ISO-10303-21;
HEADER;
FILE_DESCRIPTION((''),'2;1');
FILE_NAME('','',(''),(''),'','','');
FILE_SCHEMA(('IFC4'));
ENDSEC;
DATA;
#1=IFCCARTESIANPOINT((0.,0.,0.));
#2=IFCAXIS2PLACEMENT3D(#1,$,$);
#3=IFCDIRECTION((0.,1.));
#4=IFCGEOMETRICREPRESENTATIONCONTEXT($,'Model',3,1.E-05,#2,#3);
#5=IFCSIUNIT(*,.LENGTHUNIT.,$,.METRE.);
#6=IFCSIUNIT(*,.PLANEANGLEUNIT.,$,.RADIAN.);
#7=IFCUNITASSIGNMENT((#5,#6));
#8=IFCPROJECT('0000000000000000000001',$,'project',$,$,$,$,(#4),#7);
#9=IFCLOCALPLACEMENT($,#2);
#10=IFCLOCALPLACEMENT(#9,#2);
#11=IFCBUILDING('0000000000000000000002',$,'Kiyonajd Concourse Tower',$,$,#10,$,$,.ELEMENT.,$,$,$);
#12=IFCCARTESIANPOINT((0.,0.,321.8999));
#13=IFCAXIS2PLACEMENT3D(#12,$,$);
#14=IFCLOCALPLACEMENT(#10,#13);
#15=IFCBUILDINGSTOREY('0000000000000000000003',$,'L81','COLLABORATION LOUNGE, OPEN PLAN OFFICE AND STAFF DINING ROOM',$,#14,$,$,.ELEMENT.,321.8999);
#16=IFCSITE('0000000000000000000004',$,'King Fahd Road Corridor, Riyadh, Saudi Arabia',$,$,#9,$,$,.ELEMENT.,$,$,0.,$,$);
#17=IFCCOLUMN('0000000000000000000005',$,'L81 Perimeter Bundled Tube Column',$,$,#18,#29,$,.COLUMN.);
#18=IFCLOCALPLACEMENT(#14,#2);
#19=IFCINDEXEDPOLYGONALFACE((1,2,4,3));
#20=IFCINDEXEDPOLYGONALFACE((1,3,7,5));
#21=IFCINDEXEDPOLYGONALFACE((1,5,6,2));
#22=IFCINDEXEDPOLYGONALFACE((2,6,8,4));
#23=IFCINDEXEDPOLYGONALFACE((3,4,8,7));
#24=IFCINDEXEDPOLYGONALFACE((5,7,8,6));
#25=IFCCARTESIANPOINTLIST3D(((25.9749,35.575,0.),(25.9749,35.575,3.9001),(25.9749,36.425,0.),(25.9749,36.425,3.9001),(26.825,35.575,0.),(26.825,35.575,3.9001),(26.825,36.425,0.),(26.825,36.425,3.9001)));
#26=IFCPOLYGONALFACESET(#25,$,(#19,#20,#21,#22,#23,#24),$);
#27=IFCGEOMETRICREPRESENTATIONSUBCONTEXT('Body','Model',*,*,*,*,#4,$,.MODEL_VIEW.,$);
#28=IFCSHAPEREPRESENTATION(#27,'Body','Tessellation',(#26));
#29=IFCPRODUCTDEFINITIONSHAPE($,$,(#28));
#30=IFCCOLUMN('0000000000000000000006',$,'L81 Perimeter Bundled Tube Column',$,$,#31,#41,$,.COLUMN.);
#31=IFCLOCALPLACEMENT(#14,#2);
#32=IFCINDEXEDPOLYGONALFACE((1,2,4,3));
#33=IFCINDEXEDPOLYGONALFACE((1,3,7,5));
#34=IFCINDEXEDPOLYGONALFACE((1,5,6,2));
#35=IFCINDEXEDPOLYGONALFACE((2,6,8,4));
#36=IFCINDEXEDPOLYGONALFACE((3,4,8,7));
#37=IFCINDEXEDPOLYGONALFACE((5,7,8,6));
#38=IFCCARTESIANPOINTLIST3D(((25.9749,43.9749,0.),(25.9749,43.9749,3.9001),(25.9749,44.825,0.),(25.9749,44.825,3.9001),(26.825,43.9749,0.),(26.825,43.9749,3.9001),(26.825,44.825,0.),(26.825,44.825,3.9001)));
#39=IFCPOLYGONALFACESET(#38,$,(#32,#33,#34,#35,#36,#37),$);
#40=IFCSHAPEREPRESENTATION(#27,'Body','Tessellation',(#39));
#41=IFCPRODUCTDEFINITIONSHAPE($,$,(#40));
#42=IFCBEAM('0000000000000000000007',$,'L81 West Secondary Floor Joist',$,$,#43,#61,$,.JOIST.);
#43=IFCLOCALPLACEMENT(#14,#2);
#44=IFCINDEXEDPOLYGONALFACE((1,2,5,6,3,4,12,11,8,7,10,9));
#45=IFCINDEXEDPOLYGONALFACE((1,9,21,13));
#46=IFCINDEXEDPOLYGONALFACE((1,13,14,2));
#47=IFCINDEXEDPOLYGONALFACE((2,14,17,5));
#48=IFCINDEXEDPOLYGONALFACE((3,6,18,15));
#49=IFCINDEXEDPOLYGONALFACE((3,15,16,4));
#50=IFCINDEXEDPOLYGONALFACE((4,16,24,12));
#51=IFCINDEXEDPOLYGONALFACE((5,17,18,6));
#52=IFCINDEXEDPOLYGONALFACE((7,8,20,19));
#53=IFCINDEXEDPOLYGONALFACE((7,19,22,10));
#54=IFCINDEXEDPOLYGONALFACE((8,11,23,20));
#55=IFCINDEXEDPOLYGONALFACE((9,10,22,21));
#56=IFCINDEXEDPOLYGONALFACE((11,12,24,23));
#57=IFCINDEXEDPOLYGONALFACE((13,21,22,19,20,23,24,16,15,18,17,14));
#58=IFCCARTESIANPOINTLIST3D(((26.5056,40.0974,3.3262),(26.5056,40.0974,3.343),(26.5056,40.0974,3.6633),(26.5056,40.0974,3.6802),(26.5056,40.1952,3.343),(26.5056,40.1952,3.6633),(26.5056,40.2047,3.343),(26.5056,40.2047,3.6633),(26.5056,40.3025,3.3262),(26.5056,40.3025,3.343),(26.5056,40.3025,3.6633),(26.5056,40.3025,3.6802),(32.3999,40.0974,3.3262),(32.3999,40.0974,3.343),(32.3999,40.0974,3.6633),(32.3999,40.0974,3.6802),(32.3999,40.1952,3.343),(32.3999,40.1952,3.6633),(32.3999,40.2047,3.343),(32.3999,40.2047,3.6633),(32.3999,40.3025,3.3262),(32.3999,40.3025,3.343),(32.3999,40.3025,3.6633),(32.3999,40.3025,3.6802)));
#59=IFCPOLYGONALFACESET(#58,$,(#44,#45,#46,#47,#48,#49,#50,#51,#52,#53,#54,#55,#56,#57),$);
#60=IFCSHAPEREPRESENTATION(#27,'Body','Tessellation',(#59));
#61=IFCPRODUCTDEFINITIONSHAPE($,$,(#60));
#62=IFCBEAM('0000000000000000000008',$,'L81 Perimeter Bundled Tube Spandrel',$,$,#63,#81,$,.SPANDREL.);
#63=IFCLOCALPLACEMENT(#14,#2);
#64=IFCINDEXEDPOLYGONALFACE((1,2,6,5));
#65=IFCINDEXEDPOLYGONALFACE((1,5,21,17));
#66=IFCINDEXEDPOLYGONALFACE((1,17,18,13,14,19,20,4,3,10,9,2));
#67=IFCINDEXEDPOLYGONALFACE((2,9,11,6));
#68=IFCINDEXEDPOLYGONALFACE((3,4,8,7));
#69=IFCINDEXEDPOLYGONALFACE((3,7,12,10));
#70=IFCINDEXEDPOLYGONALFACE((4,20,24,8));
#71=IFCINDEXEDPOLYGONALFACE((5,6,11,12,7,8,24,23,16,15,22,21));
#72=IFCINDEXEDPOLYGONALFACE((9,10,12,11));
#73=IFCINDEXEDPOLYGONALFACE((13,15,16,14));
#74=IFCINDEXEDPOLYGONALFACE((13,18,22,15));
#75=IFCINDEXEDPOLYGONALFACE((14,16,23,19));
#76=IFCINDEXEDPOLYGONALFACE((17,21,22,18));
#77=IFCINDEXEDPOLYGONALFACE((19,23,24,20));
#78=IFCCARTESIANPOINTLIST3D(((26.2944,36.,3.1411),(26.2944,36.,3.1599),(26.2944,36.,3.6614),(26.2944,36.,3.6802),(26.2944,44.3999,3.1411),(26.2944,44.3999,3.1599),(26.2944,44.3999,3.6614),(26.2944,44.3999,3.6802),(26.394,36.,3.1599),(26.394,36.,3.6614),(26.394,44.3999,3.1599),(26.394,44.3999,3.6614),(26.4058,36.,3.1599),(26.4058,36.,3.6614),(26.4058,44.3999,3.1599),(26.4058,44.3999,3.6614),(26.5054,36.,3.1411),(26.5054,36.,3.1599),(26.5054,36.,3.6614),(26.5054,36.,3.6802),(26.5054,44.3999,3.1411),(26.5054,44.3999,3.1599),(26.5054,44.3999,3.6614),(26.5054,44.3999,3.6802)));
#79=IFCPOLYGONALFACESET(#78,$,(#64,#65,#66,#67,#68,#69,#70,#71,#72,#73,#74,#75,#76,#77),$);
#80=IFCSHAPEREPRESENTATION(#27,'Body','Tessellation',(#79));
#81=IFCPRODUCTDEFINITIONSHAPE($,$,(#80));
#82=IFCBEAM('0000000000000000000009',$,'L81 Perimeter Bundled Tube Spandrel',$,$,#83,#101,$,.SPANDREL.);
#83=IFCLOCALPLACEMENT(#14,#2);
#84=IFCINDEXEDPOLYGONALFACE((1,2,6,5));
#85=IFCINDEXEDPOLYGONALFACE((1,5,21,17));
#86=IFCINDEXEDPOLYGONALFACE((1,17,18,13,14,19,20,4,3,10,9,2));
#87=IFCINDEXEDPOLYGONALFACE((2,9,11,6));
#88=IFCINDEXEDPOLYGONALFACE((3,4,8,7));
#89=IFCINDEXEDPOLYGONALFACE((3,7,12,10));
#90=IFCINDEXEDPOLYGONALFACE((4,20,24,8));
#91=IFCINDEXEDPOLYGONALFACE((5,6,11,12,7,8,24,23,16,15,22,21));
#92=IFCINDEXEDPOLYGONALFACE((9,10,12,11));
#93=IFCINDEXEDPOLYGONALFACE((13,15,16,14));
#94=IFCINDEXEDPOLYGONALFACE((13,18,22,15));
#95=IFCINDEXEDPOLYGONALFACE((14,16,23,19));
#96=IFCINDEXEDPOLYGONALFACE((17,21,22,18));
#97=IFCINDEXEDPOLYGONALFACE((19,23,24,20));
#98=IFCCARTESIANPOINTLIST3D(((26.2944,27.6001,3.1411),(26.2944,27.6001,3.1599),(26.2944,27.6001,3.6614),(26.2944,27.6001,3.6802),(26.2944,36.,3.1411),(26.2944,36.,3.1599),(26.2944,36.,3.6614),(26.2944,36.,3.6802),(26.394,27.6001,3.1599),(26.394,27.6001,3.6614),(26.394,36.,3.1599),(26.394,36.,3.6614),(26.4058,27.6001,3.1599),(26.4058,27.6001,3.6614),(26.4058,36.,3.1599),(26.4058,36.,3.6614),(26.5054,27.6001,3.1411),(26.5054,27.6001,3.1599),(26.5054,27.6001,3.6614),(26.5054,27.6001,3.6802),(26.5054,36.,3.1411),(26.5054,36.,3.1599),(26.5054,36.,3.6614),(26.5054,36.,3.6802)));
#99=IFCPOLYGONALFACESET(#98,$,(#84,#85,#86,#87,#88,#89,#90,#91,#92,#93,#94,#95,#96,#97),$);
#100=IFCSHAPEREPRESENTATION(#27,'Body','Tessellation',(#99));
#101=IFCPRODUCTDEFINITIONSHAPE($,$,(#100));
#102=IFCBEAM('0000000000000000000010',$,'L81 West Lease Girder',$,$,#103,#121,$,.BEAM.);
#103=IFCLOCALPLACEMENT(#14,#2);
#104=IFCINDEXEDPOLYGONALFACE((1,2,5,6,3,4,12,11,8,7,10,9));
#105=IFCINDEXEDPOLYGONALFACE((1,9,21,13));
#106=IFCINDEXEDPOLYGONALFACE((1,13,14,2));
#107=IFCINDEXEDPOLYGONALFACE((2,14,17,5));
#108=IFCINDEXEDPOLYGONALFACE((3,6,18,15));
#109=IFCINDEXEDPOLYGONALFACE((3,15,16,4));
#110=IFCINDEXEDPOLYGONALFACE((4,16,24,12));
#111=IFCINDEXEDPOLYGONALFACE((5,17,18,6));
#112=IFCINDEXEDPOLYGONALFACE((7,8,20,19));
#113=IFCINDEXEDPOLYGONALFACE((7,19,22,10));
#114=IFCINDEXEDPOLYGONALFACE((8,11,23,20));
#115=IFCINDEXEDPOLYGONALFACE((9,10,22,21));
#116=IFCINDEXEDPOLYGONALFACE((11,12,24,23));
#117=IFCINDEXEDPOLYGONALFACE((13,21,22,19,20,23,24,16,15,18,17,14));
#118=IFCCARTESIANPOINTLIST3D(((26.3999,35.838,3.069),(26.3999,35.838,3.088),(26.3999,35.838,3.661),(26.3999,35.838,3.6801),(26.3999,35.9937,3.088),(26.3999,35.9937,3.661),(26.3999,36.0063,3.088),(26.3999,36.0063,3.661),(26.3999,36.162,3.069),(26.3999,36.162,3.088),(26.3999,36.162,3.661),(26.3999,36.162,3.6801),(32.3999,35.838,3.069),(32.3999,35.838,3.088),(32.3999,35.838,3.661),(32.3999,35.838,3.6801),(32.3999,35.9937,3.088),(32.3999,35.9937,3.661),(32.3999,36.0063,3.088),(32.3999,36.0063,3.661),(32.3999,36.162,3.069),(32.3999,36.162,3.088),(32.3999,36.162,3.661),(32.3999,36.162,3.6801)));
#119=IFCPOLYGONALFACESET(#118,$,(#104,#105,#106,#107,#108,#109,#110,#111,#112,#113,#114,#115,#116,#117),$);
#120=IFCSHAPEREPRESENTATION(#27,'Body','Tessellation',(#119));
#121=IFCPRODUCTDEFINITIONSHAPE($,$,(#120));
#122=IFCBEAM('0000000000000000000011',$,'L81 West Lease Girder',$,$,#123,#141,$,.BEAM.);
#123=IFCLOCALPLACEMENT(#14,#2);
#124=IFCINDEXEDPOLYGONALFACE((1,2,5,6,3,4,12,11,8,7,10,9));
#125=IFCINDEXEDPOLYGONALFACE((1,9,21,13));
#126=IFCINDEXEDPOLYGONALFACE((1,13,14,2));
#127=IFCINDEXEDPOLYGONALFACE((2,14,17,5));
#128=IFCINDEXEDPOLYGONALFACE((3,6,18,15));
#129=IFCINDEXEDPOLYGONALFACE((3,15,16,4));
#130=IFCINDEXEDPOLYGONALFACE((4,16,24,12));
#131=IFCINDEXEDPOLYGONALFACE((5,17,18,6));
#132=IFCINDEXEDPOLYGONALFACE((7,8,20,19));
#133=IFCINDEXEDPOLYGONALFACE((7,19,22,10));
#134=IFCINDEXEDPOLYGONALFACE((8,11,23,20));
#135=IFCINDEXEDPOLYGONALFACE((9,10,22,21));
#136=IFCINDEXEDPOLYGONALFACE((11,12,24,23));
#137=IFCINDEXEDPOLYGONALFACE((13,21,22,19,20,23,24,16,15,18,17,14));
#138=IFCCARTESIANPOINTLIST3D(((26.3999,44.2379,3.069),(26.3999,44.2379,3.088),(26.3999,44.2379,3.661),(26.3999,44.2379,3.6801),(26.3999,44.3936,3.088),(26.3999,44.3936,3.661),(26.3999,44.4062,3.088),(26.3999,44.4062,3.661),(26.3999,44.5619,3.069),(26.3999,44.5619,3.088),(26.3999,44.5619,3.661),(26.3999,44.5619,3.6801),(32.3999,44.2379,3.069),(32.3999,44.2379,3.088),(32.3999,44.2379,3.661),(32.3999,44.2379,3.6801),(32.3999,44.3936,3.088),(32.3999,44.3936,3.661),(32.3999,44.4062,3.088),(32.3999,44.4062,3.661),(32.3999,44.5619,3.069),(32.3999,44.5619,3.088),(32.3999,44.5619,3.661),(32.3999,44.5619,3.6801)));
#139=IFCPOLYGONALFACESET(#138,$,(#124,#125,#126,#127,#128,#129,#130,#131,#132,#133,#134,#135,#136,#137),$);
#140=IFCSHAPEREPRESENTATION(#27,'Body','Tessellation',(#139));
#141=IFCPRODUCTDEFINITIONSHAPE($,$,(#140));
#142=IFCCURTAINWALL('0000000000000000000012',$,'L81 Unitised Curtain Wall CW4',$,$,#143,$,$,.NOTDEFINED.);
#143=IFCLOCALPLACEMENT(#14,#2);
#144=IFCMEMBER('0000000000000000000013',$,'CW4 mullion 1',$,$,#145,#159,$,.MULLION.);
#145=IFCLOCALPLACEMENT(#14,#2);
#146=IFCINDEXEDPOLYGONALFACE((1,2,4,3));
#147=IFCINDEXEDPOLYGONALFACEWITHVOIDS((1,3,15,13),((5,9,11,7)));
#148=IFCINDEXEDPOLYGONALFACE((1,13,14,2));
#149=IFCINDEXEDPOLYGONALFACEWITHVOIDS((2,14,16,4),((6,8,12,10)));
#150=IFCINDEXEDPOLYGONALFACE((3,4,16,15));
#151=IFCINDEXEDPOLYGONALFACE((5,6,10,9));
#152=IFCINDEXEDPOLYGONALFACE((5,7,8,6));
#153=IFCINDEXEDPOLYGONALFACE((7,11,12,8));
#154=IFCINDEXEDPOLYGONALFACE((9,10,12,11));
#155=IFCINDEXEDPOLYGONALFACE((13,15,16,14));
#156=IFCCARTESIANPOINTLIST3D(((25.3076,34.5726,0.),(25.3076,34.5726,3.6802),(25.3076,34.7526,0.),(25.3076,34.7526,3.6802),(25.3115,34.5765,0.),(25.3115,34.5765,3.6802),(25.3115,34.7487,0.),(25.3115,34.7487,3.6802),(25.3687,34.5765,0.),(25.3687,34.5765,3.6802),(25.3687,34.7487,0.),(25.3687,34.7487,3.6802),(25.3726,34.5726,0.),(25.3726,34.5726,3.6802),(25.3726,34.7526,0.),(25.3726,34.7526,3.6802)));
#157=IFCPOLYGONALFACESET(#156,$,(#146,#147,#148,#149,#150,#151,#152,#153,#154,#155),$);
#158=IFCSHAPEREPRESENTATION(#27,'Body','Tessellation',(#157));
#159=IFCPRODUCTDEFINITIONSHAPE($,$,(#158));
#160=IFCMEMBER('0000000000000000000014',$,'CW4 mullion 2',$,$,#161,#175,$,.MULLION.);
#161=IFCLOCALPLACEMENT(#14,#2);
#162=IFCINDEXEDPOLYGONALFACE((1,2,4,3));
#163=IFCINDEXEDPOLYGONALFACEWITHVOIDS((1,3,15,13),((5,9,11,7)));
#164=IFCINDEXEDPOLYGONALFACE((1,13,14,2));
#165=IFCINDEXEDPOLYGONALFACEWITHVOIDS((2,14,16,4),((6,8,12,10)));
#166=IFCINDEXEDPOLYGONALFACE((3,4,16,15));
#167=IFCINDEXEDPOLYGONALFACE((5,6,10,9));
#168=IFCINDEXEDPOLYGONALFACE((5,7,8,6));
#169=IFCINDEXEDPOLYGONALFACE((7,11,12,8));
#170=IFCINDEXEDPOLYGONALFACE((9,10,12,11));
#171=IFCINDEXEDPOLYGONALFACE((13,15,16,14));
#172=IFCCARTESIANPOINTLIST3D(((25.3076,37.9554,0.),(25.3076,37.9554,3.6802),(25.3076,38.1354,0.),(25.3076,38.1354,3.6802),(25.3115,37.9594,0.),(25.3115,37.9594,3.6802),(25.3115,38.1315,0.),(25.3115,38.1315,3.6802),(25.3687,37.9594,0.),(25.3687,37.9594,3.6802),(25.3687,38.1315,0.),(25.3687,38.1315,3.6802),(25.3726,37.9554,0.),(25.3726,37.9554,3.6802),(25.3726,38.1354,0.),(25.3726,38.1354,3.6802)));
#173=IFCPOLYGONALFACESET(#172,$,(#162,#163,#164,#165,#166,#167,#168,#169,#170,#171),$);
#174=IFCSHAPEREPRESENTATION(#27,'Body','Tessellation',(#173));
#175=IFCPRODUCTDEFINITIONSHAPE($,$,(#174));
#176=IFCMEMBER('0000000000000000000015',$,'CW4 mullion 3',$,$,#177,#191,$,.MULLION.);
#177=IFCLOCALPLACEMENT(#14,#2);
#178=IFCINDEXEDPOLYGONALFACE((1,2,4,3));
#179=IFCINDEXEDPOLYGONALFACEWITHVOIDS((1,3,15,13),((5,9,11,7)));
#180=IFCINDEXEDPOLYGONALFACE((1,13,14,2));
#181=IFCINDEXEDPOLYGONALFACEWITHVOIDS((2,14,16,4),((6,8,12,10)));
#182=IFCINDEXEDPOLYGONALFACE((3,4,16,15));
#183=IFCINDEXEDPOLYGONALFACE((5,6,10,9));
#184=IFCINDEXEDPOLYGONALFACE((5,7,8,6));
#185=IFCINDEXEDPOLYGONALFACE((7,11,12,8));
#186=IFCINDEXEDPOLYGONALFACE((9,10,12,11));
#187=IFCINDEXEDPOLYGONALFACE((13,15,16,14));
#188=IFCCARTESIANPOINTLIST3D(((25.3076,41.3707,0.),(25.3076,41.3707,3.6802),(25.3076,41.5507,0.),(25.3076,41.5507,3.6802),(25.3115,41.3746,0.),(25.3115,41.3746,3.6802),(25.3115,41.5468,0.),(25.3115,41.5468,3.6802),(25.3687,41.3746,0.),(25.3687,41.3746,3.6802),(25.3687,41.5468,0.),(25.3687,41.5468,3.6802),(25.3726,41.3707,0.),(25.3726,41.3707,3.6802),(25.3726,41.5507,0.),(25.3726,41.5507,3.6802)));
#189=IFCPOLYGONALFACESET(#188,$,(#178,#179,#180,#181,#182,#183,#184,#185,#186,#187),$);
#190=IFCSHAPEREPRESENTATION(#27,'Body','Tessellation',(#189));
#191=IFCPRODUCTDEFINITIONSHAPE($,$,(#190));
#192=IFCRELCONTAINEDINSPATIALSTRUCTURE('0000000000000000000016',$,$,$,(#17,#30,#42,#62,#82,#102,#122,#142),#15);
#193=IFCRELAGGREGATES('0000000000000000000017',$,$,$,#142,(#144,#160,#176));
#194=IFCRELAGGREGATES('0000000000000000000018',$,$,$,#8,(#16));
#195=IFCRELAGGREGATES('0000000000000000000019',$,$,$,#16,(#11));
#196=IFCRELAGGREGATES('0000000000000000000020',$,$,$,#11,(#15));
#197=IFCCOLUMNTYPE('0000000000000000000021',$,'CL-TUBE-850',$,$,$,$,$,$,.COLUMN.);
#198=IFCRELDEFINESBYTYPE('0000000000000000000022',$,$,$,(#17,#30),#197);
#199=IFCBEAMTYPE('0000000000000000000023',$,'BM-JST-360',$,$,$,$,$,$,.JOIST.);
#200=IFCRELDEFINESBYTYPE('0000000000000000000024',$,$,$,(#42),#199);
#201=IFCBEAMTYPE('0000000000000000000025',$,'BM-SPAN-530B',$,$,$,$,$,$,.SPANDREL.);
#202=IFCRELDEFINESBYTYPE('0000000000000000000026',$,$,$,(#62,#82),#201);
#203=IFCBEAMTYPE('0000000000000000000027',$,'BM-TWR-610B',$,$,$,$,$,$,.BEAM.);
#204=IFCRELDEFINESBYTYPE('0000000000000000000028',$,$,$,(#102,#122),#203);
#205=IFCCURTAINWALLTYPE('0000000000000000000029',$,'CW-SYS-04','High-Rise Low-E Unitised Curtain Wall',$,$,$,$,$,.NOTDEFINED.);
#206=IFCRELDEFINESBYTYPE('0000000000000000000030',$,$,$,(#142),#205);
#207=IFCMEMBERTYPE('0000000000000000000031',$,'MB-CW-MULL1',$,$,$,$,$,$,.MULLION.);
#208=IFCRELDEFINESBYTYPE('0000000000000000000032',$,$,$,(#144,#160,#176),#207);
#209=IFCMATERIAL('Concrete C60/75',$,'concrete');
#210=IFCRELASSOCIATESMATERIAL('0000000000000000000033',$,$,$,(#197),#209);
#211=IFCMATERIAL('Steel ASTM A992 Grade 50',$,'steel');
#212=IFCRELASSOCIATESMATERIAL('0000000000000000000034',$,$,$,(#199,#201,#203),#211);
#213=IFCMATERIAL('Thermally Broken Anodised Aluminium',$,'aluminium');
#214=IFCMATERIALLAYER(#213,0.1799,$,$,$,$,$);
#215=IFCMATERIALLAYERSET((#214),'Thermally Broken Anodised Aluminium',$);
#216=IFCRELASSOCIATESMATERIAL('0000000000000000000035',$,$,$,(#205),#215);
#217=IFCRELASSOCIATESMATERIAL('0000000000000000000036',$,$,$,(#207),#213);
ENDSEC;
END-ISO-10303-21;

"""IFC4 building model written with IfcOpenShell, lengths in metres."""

from ifc_helpers import new_model, si_unit, direction, frame, origin, origin_2d, place, context, subcontext, project, spatial, rectangle, hollow_rectangle, i_section, extrude, material, layer, layer_set, material_profile, profile_set, type_object, element, aggregate, save


model = new_model("IFC4")

# Units and contexts
model_context = context("Model", 3, precision=1e-05, world=origin(), true_north=direction((0.0, 1.0)))
body_context = subcontext(model_context, "Body", "Model", "MODEL_VIEW")
ifc_project = project(units=[si_unit("LENGTHUNIT", "METRE"), si_unit("PLANEANGLEUNIT", "RADIAN")], contexts=[model_context])

# Site, building, storey
site_placement = place(None, origin())
site = spatial("IfcSite", under=ifc_project, at=site_placement, Name="King Fahd Road Corridor, Riyadh, Saudi Arabia", CompositionType="ELEMENT", RefElevation=0.0)
building_placement = place(site_placement, origin())
building = spatial("IfcBuilding", under=site, at=building_placement, Name="Kiyonajd Concourse Tower", CompositionType="ELEMENT")
storey_placement = place(building_placement, frame((0.0, 0.0, 321.8999)))
storey = spatial("IfcBuildingStorey", under=building, at=storey_placement, Name="L81", Description="COLLABORATION LOUNGE, OPEN PLAN OFFICE AND STAFF DINING ROOM", CompositionType="ELEMENT", Elevation=321.8999)

# Columns
ifc_material_1 = material(Name="Concrete C60/75", Category="concrete")
ifc_material_profile_1 = material_profile(ifc_material_1, rectangle(XDim=0.8501, YDim=0.8501, at=origin_2d()), Name="RC-850x850")
ifc_profile_set_1 = profile_set([ifc_material_profile_1], Name="Concrete C60/75")
column_type = type_object("IfcColumnType", Name="CL-TUBE-850", PredefinedType="COLUMN", material=ifc_profile_set_1)
for number, where, z_axis, x_axis, name in (
    (1, (26.3999, 36.0, 0.0), (0.0, 0.0, 1.0), (1.0, 0.0, 0.0), "L81 Perimeter Bundled Tube Column"),
    (2, (26.3999, 44.3999, 0.0), (0.0, 0.0, 1.0), (1.0, 0.0, 0.0), "L81 Perimeter Bundled Tube Column"),
):
    element("IfcColumn", number, at=place(storey_placement, frame(where, z_axis=z_axis, x_axis=x_axis)), inside=storey, type_object=column_type, Name=name, PredefinedType="COLUMN", context=body_context, shape_type="SweptSolid", body=[
        extrude(rectangle(XDim=0.8501, YDim=0.8501, at=origin_2d()), origin(), (0.0, 0.0, 1.0), 3.9001),
    ])

# Beams
ifc_material_2 = material(Name="Steel ASTM A992 Grade 50", Category="steel")
ifc_material_profile_2 = material_profile(ifc_material_2, i_section(OverallWidth=0.2051, OverallDepth=0.354, WebThickness=0.0095, FlangeThickness=0.0168, at=origin_2d()), Name="W360X79")
ifc_profile_set_2 = profile_set([ifc_material_profile_2], Name="Steel ASTM A992 Grade 50")
beam_type_1 = type_object("IfcBeamType", Name="BM-JST-360", PredefinedType="JOIST", material=ifc_profile_set_2)
beam_placement = place(storey_placement, frame((26.5056, 40.2, 3.5032), z_axis=(1.0, 0.0, 0.0), x_axis=(0.0, 1.0, 0.0)))
element("IfcBeam", 3, at=beam_placement, inside=storey, type_object=beam_type_1, Name="L81 West Secondary Floor Joist", PredefinedType="JOIST", context=body_context, shape_type="SweptSolid", body=[
    extrude(i_section(OverallWidth=0.2051, OverallDepth=0.354, WebThickness=0.0095, FlangeThickness=0.0168, at=origin_2d()), origin(), (0.0, 0.0, 1.0), 5.8943),
])
ifc_material_profile_3 = material_profile(ifc_material_2, i_section(OverallWidth=0.2109, OverallDepth=0.5391, WebThickness=0.0117, FlangeThickness=0.0188, at=origin_2d()), Name="W530X109")
ifc_profile_set_3 = profile_set([ifc_material_profile_3], Name="Steel ASTM A992 Grade 50")
beam_type_2 = type_object("IfcBeamType", Name="BM-SPAN-530B", PredefinedType="SPANDREL", material=ifc_profile_set_3)
for number, where, z_axis, x_axis, name in (
    (4, (26.3999, 44.3999, 3.4106), (0.0, -1.0, 0.0), (1.0, 0.0, 0.0), "L81 Perimeter Bundled Tube Spandrel"),
    (5, (26.3999, 36.0, 3.4106), (0.0, -1.0, 0.0), (1.0, 0.0, 0.0), "L81 Perimeter Bundled Tube Spandrel"),
):
    element("IfcBeam", number, at=place(storey_placement, frame(where, z_axis=z_axis, x_axis=x_axis)), inside=storey, type_object=beam_type_2, Name=name, PredefinedType="SPANDREL", context=body_context, shape_type="SweptSolid", body=[
        extrude(i_section(OverallWidth=0.2109, OverallDepth=0.5391, WebThickness=0.0117, FlangeThickness=0.0188, at=origin_2d()), origin(), (0.0, 0.0, 1.0), 8.3999),
    ])
ifc_material_profile_4 = material_profile(ifc_material_2, i_section(OverallWidth=0.324, OverallDepth=0.6111, WebThickness=0.0127, FlangeThickness=0.019, at=origin_2d()), Name="W610X155")
ifc_profile_set_4 = profile_set([ifc_material_profile_4], Name="Steel ASTM A992 Grade 50")
beam_type_3 = type_object("IfcBeamType", Name="BM-TWR-610B", PredefinedType="BEAM", material=ifc_profile_set_4)
for number, where, z_axis, x_axis, name in (
    (6, (26.3999, 36.0, 3.3745), (1.0, 0.0, 0.0), (0.0, 1.0, 0.0), "L81 West Lease Girder"),
    (7, (26.3999, 44.3999, 3.3745), (1.0, 0.0, 0.0), (0.0, 1.0, 0.0), "L81 West Lease Girder"),
):
    element("IfcBeam", number, at=place(storey_placement, frame(where, z_axis=z_axis, x_axis=x_axis)), inside=storey, type_object=beam_type_3, Name=name, PredefinedType="BEAM", context=body_context, shape_type="SweptSolid", body=[
        extrude(i_section(OverallWidth=0.324, OverallDepth=0.6111, WebThickness=0.0127, FlangeThickness=0.019, at=origin_2d()), origin(), (0.0, 0.0, 1.0), 6.0),
    ])

# Curtain wall, members
ifc_material_3 = material(Name="Thermally Broken Anodised Aluminium", Category="aluminium")
ifc_layer_1 = layer(ifc_material_3, 0.1799)
ifc_layer_set_1 = layer_set([ifc_layer_1], Name="Thermally Broken Anodised Aluminium")
curtain_wall_type = type_object("IfcCurtainWallType", Name="CW-SYS-04", Description="High-Rise Low-E Unitised Curtain Wall", PredefinedType="NOTDEFINED", material=ifc_layer_set_1)
curtain_wall_placement = place(storey_placement, origin())
curtain_wall = element("IfcCurtainWall", 8, at=curtain_wall_placement, inside=storey, type_object=curtain_wall_type, Name="L81 Unitised Curtain Wall CW4", PredefinedType="NOTDEFINED")
ifc_material_profile_5 = material_profile(ifc_material_3, hollow_rectangle(XDim=0.0649, YDim=0.1799, WallThickness=0.0039, at=origin_2d()), Name="MULL-65x180")
ifc_profile_set_5 = profile_set([ifc_material_profile_5], Name="Thermally Broken Anodised Aluminium")
member_type_1 = type_object("IfcMemberType", Name="MB-CW-MULL1", PredefinedType="MULLION", material=ifc_profile_set_5)
member_1_placement = place(storey_placement, frame((25.3401, 34.6626, 0.0), z_axis=(0.0, 0.0, 1.0), x_axis=(-1.0, 0.0, 0.0)))
member_1 = element("IfcMember", 9, at=member_1_placement, type_object=member_type_1, Name="CW4 mullion 1", PredefinedType="MULLION", context=body_context, shape_type="SweptSolid", body=[
    extrude(hollow_rectangle(XDim=0.0649, YDim=0.1799, WallThickness=0.0039, at=origin_2d()), origin(), (0.0, 0.0, 1.0), 3.6802),
])
member_2_placement = place(storey_placement, frame((25.3401, 38.0454, 0.0), z_axis=(0.0, 0.0, 1.0), x_axis=(-1.0, 0.0, 0.0)))
member_2 = element("IfcMember", 10, at=member_2_placement, type_object=member_type_1, Name="CW4 mullion 2", PredefinedType="MULLION", context=body_context, shape_type="SweptSolid", body=[
    extrude(hollow_rectangle(XDim=0.0649, YDim=0.1799, WallThickness=0.0039, at=origin_2d()), origin(), (0.0, 0.0, 1.0), 3.6802),
])
member_3_placement = place(storey_placement, frame((25.3401, 41.4607, 0.0), z_axis=(0.0, 0.0, 1.0), x_axis=(-1.0, 0.0, 0.0)))
member_3 = element("IfcMember", 11, at=member_3_placement, type_object=member_type_1, Name="CW4 mullion 3", PredefinedType="MULLION", context=body_context, shape_type="SweptSolid", body=[
    extrude(hollow_rectangle(XDim=0.0649, YDim=0.1799, WallThickness=0.0039, at=origin_2d()), origin(), (0.0, 0.0, 1.0), 3.6802),
])

aggregate(curtain_wall, [member_1, member_2, member_3])

save(model, "model.ifc")
